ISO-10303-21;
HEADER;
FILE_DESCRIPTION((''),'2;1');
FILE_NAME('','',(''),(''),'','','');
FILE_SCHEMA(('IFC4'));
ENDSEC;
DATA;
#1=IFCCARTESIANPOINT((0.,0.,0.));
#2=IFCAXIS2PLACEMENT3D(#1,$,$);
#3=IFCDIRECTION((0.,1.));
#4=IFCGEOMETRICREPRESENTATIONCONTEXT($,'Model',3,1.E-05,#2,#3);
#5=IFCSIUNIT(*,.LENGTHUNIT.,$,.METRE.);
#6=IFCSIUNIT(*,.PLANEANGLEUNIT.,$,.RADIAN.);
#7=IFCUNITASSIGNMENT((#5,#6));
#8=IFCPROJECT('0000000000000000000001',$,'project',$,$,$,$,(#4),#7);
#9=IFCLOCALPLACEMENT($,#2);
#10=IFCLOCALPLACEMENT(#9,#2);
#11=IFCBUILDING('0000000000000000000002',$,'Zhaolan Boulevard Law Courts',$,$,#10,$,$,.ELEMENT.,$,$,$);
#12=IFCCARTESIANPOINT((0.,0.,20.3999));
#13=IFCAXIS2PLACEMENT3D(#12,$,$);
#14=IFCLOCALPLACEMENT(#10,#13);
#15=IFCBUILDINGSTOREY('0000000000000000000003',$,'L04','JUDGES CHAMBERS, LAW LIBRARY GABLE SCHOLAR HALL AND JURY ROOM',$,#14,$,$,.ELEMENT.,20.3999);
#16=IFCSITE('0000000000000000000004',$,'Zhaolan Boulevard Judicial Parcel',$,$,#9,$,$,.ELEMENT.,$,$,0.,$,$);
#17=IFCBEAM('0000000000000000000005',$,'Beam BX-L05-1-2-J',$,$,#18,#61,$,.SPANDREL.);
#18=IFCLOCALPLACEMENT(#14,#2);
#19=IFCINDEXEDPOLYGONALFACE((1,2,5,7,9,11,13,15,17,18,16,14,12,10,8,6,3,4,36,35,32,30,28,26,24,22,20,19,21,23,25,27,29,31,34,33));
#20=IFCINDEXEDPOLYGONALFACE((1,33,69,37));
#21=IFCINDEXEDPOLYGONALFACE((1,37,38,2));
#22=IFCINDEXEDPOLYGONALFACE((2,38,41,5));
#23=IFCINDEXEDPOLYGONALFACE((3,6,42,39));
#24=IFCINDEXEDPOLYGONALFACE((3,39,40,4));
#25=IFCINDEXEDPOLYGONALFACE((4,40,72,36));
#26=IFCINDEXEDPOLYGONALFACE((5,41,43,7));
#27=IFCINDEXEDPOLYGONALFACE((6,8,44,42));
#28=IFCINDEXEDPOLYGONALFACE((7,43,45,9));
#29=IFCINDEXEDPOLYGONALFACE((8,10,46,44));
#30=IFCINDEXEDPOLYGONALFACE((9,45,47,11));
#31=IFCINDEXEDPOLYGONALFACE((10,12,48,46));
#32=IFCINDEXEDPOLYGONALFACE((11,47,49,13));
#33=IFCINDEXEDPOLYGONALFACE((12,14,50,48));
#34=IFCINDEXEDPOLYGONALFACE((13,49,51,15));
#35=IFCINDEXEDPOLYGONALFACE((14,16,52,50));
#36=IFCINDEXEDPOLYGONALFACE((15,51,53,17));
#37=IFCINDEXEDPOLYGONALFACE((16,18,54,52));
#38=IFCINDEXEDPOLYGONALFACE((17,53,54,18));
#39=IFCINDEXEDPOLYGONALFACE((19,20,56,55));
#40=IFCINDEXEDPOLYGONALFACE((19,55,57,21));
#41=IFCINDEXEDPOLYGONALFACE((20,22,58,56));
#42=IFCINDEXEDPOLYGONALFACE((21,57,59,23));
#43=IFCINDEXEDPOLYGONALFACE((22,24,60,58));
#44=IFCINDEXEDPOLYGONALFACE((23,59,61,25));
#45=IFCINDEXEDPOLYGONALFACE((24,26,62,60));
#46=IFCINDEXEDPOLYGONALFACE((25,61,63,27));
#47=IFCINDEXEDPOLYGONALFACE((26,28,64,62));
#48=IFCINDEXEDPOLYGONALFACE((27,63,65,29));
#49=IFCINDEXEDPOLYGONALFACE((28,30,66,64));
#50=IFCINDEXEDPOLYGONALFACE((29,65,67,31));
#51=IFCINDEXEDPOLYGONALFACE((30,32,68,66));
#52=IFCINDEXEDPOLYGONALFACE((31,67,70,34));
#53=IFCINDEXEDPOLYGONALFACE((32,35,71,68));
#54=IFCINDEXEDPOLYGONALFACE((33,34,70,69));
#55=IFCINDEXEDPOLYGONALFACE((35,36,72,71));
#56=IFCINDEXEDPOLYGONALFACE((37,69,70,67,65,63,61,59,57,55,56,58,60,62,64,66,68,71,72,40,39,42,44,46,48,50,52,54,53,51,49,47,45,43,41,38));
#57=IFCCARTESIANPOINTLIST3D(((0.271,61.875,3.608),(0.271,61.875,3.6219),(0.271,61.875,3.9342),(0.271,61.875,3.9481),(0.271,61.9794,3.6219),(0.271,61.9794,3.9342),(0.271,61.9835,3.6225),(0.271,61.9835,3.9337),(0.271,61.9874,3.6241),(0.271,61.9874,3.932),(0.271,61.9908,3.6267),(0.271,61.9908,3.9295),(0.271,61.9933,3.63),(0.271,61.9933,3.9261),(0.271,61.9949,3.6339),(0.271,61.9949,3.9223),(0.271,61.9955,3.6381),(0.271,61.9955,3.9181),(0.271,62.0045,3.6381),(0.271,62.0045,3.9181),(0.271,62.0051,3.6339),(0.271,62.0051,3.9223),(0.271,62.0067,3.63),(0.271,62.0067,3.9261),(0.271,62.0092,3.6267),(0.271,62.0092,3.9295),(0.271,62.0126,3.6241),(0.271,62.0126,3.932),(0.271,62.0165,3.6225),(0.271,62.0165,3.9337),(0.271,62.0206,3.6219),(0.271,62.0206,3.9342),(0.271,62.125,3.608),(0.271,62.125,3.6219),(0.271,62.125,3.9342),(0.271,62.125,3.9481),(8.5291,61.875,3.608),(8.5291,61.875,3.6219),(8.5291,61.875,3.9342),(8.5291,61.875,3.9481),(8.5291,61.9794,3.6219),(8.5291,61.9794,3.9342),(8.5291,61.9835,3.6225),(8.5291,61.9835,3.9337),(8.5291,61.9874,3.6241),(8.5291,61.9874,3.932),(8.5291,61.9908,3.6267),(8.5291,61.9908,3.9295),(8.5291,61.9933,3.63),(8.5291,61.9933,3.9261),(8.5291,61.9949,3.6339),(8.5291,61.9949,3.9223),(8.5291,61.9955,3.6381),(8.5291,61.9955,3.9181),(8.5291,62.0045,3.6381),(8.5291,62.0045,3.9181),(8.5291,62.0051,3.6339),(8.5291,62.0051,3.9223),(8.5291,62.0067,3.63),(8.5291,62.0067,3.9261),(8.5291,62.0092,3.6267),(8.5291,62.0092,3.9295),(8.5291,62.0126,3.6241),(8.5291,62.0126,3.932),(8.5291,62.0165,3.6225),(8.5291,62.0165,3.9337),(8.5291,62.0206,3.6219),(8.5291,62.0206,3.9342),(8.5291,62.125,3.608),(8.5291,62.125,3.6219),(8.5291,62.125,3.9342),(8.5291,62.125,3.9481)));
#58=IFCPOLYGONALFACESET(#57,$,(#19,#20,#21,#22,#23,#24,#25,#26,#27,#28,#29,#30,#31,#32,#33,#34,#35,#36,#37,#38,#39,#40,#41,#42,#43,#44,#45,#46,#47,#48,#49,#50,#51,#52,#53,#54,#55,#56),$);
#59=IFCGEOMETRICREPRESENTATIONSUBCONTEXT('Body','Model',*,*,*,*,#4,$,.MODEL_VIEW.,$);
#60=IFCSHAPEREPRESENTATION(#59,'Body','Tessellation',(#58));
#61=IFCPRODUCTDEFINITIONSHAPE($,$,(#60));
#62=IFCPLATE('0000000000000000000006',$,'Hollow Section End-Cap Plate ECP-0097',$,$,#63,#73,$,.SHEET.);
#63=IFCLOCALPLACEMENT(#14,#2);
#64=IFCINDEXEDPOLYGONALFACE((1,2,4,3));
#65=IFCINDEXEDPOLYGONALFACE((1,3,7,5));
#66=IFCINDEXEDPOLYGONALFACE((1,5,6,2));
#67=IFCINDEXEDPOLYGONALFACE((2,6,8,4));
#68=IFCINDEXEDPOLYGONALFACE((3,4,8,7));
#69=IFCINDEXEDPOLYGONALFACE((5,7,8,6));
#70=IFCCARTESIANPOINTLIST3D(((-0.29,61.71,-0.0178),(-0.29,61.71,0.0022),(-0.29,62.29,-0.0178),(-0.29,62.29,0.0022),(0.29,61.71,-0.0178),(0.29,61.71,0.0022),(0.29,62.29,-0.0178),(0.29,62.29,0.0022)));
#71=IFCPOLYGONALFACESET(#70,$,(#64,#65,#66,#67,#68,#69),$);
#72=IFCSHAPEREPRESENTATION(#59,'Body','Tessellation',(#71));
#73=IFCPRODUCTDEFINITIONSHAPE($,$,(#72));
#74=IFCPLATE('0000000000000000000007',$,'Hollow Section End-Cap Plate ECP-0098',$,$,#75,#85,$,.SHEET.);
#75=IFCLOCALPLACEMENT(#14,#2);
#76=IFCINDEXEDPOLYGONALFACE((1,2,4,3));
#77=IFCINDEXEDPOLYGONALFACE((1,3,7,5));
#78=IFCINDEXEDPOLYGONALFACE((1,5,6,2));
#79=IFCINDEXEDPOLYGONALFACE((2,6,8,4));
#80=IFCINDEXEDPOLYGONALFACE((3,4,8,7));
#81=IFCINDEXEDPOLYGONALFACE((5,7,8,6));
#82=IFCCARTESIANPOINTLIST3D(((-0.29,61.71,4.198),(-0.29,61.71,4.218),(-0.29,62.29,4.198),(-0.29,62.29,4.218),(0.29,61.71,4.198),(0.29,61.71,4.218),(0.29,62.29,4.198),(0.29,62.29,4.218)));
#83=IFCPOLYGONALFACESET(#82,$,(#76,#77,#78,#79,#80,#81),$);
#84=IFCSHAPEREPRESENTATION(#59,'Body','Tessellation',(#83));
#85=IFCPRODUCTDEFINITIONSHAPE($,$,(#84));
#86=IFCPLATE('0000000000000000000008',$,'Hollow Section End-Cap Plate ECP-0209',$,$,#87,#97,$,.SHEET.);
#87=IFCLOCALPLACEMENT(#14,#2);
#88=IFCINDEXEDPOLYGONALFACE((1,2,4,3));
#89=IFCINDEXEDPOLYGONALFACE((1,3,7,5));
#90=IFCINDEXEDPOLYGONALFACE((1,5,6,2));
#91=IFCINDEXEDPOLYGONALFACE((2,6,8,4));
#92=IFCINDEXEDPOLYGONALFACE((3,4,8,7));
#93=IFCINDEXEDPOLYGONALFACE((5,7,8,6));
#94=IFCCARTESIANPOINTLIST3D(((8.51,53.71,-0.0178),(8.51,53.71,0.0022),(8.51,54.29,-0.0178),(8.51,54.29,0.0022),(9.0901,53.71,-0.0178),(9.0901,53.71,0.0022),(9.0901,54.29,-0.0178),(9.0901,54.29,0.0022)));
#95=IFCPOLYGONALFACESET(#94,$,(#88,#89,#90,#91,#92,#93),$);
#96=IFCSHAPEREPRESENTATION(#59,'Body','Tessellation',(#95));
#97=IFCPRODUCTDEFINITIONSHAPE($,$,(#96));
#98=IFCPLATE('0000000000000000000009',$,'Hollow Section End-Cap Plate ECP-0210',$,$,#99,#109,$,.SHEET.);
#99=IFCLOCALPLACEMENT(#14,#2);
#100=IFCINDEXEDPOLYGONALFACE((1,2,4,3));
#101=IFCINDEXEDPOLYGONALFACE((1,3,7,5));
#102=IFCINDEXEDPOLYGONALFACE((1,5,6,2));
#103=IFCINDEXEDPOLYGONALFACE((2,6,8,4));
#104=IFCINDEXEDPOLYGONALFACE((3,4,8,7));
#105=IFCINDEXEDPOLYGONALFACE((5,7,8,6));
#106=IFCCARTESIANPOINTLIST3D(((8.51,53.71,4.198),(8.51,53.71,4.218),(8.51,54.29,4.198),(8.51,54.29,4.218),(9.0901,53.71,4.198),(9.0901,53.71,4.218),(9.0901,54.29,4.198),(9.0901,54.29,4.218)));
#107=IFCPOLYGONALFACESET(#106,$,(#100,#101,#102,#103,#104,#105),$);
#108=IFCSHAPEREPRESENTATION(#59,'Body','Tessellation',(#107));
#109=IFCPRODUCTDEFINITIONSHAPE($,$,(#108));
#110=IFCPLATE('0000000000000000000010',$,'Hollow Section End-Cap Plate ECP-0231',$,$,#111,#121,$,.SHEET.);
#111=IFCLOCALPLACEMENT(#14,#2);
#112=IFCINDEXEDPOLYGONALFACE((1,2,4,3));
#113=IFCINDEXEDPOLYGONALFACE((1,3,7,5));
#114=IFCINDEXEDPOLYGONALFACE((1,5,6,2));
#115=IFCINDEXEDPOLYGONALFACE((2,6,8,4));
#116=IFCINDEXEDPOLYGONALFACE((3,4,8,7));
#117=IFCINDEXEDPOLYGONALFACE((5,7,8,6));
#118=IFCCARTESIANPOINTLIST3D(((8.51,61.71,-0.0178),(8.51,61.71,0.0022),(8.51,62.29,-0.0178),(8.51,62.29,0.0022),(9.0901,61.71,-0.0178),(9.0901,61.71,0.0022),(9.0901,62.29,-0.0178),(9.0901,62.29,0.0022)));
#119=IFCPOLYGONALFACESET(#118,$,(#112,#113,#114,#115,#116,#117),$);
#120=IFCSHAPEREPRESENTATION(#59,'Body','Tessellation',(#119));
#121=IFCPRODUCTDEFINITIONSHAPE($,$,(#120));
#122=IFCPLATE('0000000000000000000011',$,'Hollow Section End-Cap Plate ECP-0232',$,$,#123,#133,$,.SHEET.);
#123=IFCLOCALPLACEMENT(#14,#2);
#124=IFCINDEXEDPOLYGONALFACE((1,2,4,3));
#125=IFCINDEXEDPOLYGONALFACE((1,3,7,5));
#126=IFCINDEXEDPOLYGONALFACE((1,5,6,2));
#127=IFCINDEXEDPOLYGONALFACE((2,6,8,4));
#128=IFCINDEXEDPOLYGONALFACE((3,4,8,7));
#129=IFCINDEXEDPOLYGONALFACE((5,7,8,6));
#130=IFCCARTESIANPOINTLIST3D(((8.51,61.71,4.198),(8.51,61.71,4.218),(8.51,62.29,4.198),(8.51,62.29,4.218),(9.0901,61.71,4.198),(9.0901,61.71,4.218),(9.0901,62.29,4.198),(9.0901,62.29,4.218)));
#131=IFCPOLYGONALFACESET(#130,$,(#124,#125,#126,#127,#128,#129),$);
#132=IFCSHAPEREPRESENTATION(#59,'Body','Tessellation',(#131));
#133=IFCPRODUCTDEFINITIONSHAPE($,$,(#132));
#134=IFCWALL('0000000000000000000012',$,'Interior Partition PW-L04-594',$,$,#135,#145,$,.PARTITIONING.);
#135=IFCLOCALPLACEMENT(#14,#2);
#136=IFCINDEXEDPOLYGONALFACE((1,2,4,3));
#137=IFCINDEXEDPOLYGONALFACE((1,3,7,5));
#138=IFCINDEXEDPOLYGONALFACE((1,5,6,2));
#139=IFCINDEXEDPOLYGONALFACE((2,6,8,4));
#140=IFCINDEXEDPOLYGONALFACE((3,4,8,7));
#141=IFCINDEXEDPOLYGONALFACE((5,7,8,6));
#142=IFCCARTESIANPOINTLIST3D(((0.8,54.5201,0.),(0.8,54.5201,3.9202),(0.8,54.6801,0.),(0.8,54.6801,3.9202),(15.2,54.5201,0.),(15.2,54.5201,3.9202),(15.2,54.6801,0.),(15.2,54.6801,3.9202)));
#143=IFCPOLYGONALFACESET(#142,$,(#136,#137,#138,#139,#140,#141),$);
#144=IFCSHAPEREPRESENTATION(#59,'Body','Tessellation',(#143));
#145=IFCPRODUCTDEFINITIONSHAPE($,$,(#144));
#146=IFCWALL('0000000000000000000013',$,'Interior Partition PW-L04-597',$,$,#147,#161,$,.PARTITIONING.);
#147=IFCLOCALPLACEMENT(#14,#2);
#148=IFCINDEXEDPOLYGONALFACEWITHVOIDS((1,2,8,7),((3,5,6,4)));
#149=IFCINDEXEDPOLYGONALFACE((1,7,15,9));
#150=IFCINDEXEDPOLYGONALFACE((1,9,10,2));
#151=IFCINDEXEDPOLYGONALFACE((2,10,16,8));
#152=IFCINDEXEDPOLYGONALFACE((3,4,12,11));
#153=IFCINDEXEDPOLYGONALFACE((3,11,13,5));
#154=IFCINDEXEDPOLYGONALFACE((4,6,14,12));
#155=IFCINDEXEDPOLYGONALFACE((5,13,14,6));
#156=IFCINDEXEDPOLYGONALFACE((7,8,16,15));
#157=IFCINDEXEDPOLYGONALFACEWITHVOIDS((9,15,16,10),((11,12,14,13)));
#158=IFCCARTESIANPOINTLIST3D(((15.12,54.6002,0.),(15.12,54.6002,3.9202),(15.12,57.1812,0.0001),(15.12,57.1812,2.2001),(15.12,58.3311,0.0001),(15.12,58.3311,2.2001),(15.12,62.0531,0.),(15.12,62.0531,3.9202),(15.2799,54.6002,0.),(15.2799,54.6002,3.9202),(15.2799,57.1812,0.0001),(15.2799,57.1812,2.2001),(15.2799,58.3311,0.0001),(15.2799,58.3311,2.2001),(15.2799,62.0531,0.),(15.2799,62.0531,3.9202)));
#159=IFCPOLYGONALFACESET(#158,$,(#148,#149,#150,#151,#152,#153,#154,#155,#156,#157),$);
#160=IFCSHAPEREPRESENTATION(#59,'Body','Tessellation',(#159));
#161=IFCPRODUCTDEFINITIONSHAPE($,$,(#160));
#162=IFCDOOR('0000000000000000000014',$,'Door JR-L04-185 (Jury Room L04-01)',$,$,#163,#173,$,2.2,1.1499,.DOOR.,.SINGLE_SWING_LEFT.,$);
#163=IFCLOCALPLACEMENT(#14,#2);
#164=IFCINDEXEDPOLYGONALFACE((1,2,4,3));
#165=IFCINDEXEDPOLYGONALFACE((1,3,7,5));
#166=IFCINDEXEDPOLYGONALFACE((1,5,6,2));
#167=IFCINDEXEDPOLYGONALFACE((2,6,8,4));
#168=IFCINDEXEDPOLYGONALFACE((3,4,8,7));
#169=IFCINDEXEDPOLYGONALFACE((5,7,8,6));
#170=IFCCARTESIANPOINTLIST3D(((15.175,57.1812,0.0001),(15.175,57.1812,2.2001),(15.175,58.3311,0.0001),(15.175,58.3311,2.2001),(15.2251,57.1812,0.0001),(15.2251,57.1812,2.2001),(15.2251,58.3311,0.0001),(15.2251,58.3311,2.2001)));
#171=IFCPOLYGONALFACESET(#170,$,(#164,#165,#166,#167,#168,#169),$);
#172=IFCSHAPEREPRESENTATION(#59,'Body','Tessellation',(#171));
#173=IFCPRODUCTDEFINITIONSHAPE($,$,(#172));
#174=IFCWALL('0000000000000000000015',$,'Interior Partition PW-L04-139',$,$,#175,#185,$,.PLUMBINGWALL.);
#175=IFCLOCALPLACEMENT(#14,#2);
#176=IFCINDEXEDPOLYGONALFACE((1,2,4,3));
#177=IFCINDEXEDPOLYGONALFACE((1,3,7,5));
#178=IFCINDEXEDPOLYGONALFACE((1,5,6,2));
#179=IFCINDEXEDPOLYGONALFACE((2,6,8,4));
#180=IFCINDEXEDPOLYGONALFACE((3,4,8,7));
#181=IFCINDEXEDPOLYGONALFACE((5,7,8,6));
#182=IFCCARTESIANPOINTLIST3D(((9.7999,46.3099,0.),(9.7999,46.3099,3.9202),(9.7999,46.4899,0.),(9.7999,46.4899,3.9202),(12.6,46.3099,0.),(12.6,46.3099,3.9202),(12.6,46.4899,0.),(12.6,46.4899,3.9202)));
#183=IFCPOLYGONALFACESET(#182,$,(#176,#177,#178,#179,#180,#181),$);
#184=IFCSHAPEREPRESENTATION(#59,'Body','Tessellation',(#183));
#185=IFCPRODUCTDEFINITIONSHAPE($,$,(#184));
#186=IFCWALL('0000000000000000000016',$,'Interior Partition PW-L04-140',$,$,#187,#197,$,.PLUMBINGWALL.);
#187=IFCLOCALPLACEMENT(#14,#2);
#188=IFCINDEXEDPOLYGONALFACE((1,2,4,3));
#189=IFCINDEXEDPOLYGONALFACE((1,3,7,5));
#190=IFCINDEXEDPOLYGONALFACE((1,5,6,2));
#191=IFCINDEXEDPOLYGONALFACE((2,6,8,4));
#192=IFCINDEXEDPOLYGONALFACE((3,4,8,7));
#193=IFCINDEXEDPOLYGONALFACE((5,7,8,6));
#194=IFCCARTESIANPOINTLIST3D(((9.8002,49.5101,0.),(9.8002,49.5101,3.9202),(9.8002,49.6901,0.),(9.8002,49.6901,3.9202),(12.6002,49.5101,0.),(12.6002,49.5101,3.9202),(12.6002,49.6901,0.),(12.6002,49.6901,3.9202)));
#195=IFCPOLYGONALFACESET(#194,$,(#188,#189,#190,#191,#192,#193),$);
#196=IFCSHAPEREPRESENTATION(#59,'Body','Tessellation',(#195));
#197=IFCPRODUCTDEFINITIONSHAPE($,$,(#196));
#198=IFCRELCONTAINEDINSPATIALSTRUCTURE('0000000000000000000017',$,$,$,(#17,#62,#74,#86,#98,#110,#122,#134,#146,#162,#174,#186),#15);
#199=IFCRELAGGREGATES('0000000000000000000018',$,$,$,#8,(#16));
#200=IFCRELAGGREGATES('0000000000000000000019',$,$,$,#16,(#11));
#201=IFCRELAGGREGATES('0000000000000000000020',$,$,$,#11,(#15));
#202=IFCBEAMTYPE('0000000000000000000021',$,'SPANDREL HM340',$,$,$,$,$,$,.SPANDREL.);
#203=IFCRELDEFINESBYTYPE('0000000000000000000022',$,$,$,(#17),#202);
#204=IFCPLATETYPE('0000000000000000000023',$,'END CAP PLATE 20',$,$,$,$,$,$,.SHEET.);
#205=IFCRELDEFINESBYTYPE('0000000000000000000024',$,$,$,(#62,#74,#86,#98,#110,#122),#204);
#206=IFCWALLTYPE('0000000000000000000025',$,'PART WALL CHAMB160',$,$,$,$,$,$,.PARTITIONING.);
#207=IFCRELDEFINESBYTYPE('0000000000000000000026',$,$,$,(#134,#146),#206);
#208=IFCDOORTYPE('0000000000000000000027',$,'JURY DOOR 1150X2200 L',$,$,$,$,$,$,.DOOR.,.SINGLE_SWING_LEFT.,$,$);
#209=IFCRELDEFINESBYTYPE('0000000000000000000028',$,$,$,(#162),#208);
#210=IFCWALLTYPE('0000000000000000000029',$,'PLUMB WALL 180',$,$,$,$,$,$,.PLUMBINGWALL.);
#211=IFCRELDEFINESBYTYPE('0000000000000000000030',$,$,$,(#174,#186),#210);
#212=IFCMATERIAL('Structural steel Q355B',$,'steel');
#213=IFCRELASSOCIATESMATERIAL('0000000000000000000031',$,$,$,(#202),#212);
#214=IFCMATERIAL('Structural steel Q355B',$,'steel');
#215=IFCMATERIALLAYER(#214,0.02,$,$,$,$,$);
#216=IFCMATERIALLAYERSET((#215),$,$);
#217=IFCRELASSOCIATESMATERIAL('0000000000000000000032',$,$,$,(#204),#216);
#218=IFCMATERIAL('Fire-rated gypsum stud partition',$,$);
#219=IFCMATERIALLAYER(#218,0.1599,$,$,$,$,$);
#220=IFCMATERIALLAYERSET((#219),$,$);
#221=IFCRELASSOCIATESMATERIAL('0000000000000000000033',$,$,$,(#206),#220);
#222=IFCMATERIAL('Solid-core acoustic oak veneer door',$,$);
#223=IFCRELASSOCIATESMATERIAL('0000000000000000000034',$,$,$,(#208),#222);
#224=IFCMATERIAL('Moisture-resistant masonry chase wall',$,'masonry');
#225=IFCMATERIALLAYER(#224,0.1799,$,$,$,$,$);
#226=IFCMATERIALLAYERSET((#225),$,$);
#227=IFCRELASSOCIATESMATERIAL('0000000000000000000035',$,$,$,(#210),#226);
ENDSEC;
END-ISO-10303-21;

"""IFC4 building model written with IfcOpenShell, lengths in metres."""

from ifc_helpers import new_model, si_unit, direction, frame, frame_2d, origin, origin_2d, place, context, subcontext, project, spatial, rectangle, i_section, extrude, material, layer, layer_set, material_profile, profile_set, type_object, element, fill, save


model = new_model("IFC4")

# Units and contexts
model_context = context("Model", 3, precision=1e-05, world=origin(), true_north=direction((0.0, 1.0)))
body_context = subcontext(model_context, "Body", "Model", "MODEL_VIEW")
ifc_project = project(units=[si_unit("LENGTHUNIT", "METRE"), si_unit("PLANEANGLEUNIT", "RADIAN")], contexts=[model_context])

# Site, building, storey
site_placement = place(None, origin())
site = spatial("IfcSite", under=ifc_project, at=site_placement, Name="Zhaolan Boulevard Judicial Parcel", CompositionType="ELEMENT", RefElevation=0.0)
building_placement = place(site_placement, origin())
building = spatial("IfcBuilding", under=site, at=building_placement, Name="Zhaolan Boulevard Law Courts", CompositionType="ELEMENT")
storey_placement = place(building_placement, frame((0.0, 0.0, 20.3999)))
storey = spatial("IfcBuildingStorey", under=building, at=storey_placement, Name="L04", Description="JUDGES CHAMBERS, LAW LIBRARY GABLE SCHOLAR HALL AND JURY ROOM", CompositionType="ELEMENT", Elevation=20.3999)

# Beam
ifc_material_1 = material(Name="Structural steel Q355B", Category="steel")
ifc_material_profile_1 = material_profile(ifc_material_1, i_section(OverallWidth=0.25, OverallDepth=0.3401, WebThickness=0.009, FlangeThickness=0.0139, FilletRadius=0.0161, at=origin_2d()), Name="HM340x250")
ifc_profile_set_1 = profile_set([ifc_material_profile_1], Name="Structural steel Q355B")
beam_type_1 = type_object("IfcBeamType", Name="SPANDREL HM340", PredefinedType="SPANDREL", material=ifc_profile_set_1)
beam_1_placement = place(storey_placement, frame((0.271, 62.0, 3.7781), z_axis=(1.0, 0.0, 0.0), x_axis=(0.0, 1.0, 0.0)))
element("IfcBeam", 1, at=beam_1_placement, inside=storey, type_object=beam_type_1, Name="Beam BX-L05-1-2-J", PredefinedType="SPANDREL", context=body_context, shape_type="SweptSolid", body=[
    extrude(i_section(OverallWidth=0.25, OverallDepth=0.3401, WebThickness=0.009, FlangeThickness=0.0139, FilletRadius=0.0161, at=origin_2d()), origin(), (0.0, 0.0, 1.0), 8.2581),
])

# Plates
ifc_material_2 = material(Name="Structural steel Q355B", Category="steel")
ifc_layer_1 = layer(ifc_material_2, 0.02)
ifc_layer_set_1 = layer_set([ifc_layer_1])
plate_type = type_object("IfcPlateType", Name="END CAP PLATE 20", PredefinedType="SHEET", material=ifc_layer_set_1)
for number, where, z_axis, x_axis, name in (
    (2, (0.0, 62.0, -0.0178), (0.0, 0.0, 1.0), (1.0, 0.0, 0.0), "Hollow Section End-Cap Plate ECP-0097"),
    (3, (0.0, 62.0, 4.198), (0.0, 0.0, 1.0), (1.0, 0.0, 0.0), "Hollow Section End-Cap Plate ECP-0098"),
    (4, (8.8, 54.0, -0.0178), (0.0, 0.0, 1.0), (1.0, 0.0, 0.0), "Hollow Section End-Cap Plate ECP-0209"),
    (5, (8.8, 54.0, 4.198), (0.0, 0.0, 1.0), (1.0, 0.0, 0.0), "Hollow Section End-Cap Plate ECP-0210"),
    (6, (8.8, 62.0, -0.0178), (0.0, 0.0, 1.0), (1.0, 0.0, 0.0), "Hollow Section End-Cap Plate ECP-0231"),
    (7, (8.8, 62.0, 4.198), (0.0, 0.0, 1.0), (1.0, 0.0, 0.0), "Hollow Section End-Cap Plate ECP-0232"),
):
    element("IfcPlate", number, at=place(storey_placement, frame(where, z_axis=z_axis, x_axis=x_axis)), inside=storey, type_object=plate_type, Name=name, PredefinedType="SHEET", context=body_context, shape_type="SweptSolid", body=[
        extrude(rectangle(XDim=0.5801, YDim=0.5801, at=origin_2d()), origin(), (0.0, 0.0, 1.0), 0.02),
    ])

# Wall
ifc_material_3 = material(Name="Fire-rated gypsum stud partition")
ifc_layer_2 = layer(ifc_material_3, 0.1599)
ifc_layer_set_2 = layer_set([ifc_layer_2])
wall_type_1 = type_object("IfcWallType", Name="PART WALL CHAMB160", PredefinedType="PARTITIONING", material=ifc_layer_set_2)
wall_1_placement = place(storey_placement, frame((0.8, 54.6001, 0.0), z_axis=(0.0, 0.0, 1.0), x_axis=(1.0, 0.0, 0.0)))
element("IfcWall", 8, at=wall_1_placement, inside=storey, type_object=wall_type_1, Name="Interior Partition PW-L04-594", PredefinedType="PARTITIONING", context=body_context, shape_type="SweptSolid", body=[
    extrude(rectangle(XDim=14.3999, YDim=0.1599, at=frame_2d((7.2, 0.0))), origin(), (0.0, 0.0, 1.0), 3.9202),
])

# Wall, opening, door
wall_2_placement = place(storey_placement, frame((15.2, 54.6001, 0.0), z_axis=(0.0, 0.0, 1.0), x_axis=(0.0, 1.0, 0.0)))
wall_2 = element("IfcWall", 9, at=wall_2_placement, inside=storey, type_object=wall_type_1, Name="Interior Partition PW-L04-597", PredefinedType="PARTITIONING", context=body_context, shape_type="SweptSolid", body=[
    extrude(rectangle(XDim=7.4529, YDim=0.1599, at=frame_2d((3.7266, 0.0))), origin(), (0.0, 0.0, 1.0), 3.9202),
])
opening_1_placement = place(wall_2_placement, frame((2.5811, 0.0, 0.0)))
opening_1 = element("IfcOpeningElement", 10, at=opening_1_placement, cuts=wall_2, PredefinedType="OPENING", context=body_context, shape_type="SweptSolid", body=[
    extrude(rectangle(XDim=1.1499, YDim=2.2, at=frame_2d((0.575, 1.1001))), frame((0.0, 0.0898, 0.0), z_axis=(0.0, -1.0, 0.0), x_axis=(1.0, 0.0, 0.0)), (0.0, 0.0, 1.0), 0.1799),
])
ifc_material_4 = material(Name="Solid-core acoustic oak veneer door")
door_type_1 = type_object("IfcDoorType", Name="JURY DOOR 1150X2200 L", OperationType="SINGLE_SWING_LEFT", PredefinedType="DOOR", material=ifc_material_4)
door_1_placement = place(opening_1_placement, origin())
door_1 = element("IfcDoor", 11, at=door_1_placement, inside=storey, type_object=door_type_1, Name="Door JR-L04-185 (Jury Room L04-01)", OperationType="SINGLE_SWING_LEFT", OverallHeight=2.2, OverallWidth=1.1499, PredefinedType="DOOR", context=body_context, shape_type="SweptSolid", body=[
    extrude(rectangle(XDim=1.1499, YDim=2.2, at=frame_2d((0.575, 1.1001))), frame((0.0, 0.0249, 0.0), z_axis=(0.0, -1.0, 0.0), x_axis=(1.0, 0.0, 0.0)), (0.0, 0.0, 1.0), 0.05),
])
fill(opening_1, door_1)

# Walls
ifc_material_5 = material(Name="Moisture-resistant masonry chase wall", Category="masonry")
ifc_layer_3 = layer(ifc_material_5, 0.1799)
ifc_layer_set_3 = layer_set([ifc_layer_3])
wall_type_2 = type_object("IfcWallType", Name="PLUMB WALL 180", PredefinedType="PLUMBINGWALL", material=ifc_layer_set_3)
for number, where, z_axis, x_axis, name in (
    (12, (9.8, 46.3999, 0.0), (0.0, 0.0, 1.0), (1.0, 0.0, 0.0), "Interior Partition PW-L04-139"),
    (13, (12.6001, 49.6001, 0.0), (0.0, 0.0, 1.0), (-1.0, 0.0, 0.0), "Interior Partition PW-L04-140"),
):
    element("IfcWall", number, at=place(storey_placement, frame(where, z_axis=z_axis, x_axis=x_axis)), inside=storey, type_object=wall_type_2, Name=name, PredefinedType="PLUMBINGWALL", context=body_context, shape_type="SweptSolid", body=[
        extrude(rectangle(XDim=2.8, YDim=0.1799, at=frame_2d((1.3999, 0.0))), origin(), (0.0, 0.0, 1.0), 3.9202),
    ])

save(model, "model.ifc")
